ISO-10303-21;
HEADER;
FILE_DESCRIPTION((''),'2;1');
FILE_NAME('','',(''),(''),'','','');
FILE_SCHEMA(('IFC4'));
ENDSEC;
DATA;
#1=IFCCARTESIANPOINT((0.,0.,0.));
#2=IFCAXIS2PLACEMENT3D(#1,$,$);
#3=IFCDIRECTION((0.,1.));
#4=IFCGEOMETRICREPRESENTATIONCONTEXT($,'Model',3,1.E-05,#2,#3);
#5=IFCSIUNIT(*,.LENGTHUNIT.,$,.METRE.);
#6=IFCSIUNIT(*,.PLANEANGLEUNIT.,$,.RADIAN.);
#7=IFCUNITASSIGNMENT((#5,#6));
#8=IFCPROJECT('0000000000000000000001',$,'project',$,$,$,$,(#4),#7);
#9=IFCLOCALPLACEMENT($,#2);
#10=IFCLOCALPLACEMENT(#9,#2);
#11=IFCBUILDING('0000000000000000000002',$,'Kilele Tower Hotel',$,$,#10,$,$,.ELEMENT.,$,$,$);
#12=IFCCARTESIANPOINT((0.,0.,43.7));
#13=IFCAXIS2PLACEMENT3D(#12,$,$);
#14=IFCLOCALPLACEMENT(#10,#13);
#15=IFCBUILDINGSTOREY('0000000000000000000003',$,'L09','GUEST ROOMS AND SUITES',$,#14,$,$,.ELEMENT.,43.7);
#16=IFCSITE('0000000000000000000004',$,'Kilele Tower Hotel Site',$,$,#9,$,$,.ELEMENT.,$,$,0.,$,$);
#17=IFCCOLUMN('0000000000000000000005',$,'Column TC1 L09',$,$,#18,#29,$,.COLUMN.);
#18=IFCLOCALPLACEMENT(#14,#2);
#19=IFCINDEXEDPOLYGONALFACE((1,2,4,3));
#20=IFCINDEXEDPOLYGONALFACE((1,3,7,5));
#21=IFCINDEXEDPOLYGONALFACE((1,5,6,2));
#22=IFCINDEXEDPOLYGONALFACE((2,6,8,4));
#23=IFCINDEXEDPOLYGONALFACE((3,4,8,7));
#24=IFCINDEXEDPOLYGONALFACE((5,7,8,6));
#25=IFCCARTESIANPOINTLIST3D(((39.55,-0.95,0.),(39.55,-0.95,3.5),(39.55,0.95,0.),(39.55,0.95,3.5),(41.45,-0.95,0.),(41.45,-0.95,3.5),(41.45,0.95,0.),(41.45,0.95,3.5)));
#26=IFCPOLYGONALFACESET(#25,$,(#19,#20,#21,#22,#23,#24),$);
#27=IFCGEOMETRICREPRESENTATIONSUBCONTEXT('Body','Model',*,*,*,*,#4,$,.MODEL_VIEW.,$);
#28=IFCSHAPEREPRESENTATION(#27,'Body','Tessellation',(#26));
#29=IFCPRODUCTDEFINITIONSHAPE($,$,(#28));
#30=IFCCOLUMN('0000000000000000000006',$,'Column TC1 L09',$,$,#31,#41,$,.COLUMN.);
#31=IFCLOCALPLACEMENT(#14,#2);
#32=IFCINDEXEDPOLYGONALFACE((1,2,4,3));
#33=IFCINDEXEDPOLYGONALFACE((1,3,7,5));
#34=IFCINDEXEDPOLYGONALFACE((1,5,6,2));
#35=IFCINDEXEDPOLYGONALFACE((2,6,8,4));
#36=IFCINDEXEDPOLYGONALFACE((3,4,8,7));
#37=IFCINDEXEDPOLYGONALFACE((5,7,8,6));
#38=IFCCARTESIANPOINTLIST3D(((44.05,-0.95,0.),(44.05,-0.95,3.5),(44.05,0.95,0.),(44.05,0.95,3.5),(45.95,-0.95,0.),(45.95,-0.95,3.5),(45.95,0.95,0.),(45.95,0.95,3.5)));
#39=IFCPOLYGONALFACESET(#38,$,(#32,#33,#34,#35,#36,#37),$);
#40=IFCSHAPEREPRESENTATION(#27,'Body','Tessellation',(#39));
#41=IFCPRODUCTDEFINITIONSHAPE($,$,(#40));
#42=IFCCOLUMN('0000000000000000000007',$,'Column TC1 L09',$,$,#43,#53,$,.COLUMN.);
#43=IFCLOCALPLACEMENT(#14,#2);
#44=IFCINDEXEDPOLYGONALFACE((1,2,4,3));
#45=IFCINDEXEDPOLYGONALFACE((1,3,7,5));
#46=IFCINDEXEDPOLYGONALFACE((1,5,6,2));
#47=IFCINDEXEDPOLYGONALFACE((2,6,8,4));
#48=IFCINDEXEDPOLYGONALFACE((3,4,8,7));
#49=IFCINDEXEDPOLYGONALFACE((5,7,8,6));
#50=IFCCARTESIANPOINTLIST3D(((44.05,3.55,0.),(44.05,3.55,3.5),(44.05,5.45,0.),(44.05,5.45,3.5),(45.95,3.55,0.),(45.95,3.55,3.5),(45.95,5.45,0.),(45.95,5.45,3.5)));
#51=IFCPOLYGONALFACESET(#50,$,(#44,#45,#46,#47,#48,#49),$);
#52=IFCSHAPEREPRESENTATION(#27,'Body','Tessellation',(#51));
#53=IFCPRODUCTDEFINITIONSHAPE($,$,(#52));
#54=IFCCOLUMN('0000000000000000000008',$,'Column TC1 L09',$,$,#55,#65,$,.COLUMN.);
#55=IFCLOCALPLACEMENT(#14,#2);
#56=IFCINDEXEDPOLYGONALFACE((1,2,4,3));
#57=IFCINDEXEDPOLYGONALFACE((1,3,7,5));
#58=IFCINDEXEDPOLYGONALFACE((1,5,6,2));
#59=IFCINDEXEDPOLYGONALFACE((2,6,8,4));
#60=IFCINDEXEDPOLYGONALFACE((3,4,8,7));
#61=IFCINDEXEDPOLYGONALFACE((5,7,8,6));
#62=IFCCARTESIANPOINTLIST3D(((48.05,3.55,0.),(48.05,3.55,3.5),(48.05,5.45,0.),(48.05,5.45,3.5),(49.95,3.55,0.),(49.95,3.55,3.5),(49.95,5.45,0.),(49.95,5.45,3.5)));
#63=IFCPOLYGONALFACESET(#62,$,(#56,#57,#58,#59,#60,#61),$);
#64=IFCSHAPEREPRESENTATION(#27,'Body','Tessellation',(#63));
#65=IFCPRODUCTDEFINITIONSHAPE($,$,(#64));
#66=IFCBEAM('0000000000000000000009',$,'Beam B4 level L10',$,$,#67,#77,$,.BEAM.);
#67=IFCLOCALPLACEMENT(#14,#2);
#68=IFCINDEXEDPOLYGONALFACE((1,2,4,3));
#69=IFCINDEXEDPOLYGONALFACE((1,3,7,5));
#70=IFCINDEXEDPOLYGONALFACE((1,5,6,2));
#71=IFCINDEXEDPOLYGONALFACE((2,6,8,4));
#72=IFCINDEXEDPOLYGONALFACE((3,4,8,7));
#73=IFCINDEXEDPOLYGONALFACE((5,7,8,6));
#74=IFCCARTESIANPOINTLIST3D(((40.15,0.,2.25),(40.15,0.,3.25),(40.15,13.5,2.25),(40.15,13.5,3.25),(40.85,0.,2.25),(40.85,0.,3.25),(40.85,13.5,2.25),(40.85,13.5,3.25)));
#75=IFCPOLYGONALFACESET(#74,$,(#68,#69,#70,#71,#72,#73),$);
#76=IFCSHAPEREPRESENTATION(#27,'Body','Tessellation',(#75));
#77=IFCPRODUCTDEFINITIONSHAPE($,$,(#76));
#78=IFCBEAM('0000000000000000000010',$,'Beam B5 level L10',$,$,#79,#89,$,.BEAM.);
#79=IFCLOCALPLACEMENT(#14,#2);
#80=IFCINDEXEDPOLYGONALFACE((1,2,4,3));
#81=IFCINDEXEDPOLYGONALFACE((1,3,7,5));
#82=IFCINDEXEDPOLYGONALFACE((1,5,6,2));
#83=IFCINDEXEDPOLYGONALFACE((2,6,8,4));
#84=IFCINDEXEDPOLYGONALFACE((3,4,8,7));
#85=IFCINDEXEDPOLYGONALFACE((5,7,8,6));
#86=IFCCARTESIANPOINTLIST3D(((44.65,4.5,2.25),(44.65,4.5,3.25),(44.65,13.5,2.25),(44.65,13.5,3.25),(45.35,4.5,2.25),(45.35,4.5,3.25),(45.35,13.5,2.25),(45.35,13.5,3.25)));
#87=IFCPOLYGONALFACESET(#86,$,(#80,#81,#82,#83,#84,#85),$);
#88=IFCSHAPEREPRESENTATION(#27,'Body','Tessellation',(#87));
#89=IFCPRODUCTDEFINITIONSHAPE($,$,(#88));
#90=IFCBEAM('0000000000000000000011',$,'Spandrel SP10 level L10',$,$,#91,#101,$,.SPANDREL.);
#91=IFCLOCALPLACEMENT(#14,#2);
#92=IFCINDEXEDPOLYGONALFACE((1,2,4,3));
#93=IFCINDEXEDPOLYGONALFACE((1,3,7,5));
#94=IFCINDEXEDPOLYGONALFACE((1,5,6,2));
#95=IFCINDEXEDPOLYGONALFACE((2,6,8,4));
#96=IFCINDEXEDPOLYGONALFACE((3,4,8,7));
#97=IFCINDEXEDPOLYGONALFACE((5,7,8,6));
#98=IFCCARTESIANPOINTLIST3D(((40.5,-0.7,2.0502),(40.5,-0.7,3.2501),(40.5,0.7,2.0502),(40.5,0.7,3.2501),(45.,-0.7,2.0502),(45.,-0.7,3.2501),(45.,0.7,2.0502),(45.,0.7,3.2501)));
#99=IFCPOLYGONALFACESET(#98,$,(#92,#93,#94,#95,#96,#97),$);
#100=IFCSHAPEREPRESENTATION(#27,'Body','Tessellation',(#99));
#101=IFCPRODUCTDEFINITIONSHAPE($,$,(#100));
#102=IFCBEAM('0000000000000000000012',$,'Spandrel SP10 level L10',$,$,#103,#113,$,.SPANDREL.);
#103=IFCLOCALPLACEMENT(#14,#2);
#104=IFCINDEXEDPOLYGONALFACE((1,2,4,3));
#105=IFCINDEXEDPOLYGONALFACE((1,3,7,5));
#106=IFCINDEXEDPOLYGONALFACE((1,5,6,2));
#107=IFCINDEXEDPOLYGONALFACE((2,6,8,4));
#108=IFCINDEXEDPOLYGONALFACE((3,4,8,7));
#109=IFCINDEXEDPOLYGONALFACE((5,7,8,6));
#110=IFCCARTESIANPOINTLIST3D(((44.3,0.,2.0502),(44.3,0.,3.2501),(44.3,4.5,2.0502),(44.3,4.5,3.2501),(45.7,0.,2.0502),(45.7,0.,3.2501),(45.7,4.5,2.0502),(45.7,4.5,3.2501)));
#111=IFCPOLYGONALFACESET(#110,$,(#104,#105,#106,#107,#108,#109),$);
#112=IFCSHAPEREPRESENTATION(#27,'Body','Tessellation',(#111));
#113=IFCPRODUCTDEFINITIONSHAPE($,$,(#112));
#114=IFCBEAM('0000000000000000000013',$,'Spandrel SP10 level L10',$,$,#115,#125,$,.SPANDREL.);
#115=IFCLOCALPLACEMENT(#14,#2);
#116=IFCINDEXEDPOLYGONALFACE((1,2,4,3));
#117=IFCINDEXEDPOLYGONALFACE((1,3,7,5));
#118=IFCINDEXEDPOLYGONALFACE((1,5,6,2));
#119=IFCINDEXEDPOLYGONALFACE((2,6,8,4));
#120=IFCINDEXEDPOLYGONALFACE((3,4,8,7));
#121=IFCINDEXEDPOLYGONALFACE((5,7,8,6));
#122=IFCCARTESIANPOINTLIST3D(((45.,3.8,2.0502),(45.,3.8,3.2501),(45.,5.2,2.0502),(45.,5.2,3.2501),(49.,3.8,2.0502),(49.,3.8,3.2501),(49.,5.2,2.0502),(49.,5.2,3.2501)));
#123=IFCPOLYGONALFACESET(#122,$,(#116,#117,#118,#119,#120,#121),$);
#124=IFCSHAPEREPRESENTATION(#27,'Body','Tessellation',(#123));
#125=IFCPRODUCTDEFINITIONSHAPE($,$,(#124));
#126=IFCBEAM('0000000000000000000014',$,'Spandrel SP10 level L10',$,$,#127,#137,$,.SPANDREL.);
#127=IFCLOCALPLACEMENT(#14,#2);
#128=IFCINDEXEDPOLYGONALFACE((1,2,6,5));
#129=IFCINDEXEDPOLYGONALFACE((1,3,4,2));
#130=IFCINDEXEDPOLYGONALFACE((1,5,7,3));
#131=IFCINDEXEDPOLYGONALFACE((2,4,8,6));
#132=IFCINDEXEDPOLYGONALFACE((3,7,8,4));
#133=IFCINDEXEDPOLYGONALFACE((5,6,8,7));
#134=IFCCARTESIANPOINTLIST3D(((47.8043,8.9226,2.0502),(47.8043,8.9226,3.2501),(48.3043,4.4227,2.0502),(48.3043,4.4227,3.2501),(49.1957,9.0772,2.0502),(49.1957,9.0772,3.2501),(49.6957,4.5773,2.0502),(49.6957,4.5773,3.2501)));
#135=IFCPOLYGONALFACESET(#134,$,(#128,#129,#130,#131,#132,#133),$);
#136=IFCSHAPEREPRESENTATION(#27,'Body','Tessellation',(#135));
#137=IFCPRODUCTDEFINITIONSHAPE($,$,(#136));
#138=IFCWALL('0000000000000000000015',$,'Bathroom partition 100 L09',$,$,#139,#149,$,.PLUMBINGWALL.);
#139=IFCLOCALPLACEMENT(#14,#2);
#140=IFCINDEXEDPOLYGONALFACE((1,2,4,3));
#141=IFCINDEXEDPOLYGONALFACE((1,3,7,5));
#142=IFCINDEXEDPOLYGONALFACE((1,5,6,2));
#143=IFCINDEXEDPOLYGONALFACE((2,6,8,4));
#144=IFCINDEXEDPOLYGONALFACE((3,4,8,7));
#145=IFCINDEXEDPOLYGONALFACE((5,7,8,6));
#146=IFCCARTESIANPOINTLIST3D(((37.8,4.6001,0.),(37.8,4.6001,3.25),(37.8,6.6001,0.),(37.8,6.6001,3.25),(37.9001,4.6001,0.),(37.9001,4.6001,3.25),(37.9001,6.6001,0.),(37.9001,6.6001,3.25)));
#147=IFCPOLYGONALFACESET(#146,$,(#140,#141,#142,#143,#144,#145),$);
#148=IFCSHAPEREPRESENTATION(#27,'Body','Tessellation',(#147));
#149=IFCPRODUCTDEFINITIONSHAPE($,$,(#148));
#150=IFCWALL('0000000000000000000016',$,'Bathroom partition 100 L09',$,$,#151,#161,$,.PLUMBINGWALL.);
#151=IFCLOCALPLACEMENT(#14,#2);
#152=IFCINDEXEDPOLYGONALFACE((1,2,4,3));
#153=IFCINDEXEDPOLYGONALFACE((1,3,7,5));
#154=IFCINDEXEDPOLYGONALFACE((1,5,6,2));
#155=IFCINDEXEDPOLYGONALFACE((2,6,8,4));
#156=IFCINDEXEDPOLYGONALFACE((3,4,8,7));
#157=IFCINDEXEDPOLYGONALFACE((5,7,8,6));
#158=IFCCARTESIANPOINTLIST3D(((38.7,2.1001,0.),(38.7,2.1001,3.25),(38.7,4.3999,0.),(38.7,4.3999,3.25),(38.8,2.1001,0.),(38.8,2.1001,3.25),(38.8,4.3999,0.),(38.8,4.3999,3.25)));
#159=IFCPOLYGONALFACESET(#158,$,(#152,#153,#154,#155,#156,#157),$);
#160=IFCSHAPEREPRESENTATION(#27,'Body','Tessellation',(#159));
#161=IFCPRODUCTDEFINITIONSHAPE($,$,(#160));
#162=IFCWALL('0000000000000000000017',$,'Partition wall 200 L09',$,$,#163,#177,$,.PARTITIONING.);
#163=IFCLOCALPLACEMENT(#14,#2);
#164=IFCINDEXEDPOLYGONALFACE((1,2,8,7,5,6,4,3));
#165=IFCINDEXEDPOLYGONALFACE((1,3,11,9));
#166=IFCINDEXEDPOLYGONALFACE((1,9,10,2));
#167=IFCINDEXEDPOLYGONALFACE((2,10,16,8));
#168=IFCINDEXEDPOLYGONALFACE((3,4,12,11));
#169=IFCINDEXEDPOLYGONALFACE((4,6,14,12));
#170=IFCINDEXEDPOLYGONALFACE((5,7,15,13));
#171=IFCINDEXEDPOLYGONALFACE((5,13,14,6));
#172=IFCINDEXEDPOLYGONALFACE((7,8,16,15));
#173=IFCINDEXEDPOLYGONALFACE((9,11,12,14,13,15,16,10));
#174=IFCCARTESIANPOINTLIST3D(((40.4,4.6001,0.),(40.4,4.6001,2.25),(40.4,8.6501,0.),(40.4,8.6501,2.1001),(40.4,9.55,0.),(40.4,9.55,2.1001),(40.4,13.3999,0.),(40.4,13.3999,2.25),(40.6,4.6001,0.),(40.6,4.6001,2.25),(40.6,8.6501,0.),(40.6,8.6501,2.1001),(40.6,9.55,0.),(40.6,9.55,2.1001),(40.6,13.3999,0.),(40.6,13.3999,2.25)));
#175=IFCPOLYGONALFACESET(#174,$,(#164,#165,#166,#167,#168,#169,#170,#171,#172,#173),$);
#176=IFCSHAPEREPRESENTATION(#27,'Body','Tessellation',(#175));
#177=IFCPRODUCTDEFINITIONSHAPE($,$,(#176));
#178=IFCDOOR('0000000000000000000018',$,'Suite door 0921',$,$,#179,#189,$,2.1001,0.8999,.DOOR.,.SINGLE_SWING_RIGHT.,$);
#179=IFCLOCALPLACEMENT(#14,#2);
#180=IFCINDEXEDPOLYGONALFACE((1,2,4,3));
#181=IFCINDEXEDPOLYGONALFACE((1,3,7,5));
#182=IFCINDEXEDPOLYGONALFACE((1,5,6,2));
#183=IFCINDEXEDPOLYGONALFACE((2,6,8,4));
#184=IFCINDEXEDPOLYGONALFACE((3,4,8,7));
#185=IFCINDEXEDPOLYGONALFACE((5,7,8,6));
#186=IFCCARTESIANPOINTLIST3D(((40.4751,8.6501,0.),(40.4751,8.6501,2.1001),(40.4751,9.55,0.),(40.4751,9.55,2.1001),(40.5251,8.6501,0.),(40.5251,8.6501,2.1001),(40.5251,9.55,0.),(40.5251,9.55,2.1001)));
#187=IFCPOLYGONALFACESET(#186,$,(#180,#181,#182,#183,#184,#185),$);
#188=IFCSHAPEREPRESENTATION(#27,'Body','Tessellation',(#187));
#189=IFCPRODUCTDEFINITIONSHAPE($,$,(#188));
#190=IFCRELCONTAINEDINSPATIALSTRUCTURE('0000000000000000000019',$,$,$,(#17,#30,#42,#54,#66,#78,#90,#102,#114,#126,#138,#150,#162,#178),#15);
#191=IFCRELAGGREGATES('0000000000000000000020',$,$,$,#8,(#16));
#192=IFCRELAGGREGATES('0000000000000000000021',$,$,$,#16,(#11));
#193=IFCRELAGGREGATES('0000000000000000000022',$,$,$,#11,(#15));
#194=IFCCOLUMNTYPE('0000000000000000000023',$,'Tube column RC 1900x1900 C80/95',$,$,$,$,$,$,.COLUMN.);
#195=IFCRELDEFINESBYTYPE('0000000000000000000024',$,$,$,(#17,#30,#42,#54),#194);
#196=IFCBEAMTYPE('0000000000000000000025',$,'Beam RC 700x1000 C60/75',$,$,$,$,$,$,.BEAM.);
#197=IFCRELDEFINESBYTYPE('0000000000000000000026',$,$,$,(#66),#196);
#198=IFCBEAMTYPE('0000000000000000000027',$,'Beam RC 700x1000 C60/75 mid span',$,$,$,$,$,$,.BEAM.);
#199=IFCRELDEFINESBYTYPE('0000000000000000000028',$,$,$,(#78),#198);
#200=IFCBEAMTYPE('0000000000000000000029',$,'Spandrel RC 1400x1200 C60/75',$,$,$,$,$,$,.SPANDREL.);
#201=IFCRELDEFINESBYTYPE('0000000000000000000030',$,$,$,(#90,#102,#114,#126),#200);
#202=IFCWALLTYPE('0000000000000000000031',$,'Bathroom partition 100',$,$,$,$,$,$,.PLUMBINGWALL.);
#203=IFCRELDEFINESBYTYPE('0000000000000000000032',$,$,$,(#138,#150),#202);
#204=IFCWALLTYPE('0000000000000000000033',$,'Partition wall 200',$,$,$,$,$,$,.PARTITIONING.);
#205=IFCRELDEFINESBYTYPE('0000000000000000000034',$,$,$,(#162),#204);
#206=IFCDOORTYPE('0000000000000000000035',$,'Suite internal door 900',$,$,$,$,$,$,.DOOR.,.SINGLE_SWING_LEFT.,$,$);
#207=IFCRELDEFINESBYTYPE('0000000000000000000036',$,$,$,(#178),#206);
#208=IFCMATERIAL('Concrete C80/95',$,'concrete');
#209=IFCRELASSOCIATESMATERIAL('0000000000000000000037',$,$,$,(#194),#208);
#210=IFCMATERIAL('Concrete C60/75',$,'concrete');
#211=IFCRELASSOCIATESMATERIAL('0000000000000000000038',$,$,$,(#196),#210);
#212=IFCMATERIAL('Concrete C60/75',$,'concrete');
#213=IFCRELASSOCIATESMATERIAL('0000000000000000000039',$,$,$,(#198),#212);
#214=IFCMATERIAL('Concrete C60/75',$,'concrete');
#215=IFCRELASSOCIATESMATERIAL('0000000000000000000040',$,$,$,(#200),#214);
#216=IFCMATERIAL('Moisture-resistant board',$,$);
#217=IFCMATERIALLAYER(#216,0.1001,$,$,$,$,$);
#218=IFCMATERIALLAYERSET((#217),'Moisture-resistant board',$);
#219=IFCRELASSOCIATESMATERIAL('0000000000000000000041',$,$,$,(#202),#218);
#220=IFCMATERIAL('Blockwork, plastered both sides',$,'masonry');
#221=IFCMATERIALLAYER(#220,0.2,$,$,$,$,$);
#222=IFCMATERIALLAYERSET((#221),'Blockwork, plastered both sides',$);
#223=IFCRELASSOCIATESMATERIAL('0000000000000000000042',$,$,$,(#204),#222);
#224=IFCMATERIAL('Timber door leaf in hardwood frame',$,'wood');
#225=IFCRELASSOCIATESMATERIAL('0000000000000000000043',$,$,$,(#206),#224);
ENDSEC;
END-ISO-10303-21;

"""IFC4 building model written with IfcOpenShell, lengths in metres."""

from ifc_helpers import new_model, si_unit, direction, frame, frame_2d, origin, origin_2d, place, context, subcontext, project, spatial, rectangle, extrude, material, layer, layer_set, material_profile, profile_set, type_object, element, fill, save


model = new_model("IFC4")

# Units and contexts
model_context = context("Model", 3, precision=1e-05, world=origin(), true_north=direction((0.0, 1.0)))
body_context = subcontext(model_context, "Body", "Model", "MODEL_VIEW")
ifc_project = project(units=[si_unit("LENGTHUNIT", "METRE"), si_unit("PLANEANGLEUNIT", "RADIAN")], contexts=[model_context])

# Site, building, storey
site_placement = place(None, origin())
site = spatial("IfcSite", under=ifc_project, at=site_placement, Name="Kilele Tower Hotel Site", CompositionType="ELEMENT", RefElevation=0.0)
building_placement = place(site_placement, origin())
building = spatial("IfcBuilding", under=site, at=building_placement, Name="Kilele Tower Hotel", CompositionType="ELEMENT")
storey_placement = place(building_placement, frame((0.0, 0.0, 43.7)))
storey = spatial("IfcBuildingStorey", under=building, at=storey_placement, Name="L09", Description="GUEST ROOMS AND SUITES", CompositionType="ELEMENT", Elevation=43.7)

# Columns
ifc_material_1 = material(Name="Concrete C80/95", Category="concrete")
ifc_material_profile_1 = material_profile(ifc_material_1, rectangle(XDim=1.8999, YDim=1.8999, at=origin_2d()))
ifc_profile_set_1 = profile_set([ifc_material_profile_1], Name="Concrete C80/95")
column_type = type_object("IfcColumnType", Name="Tube column RC 1900x1900 C80/95", PredefinedType="COLUMN", material=ifc_profile_set_1)
for number, where, z_axis, x_axis, name in (
    (1, (40.5, 0.0, 0.0), (0.0, 0.0, 1.0), (1.0, 0.0, 0.0), "Column TC1 L09"),
    (2, (45.0, 0.0, 0.0), (0.0, 0.0, 1.0), (1.0, 0.0, 0.0), "Column TC1 L09"),
    (3, (45.0, 4.5, 0.0), (0.0, 0.0, 1.0), (1.0, 0.0, 0.0), "Column TC1 L09"),
    (4, (49.0, 4.5, 0.0), (0.0, 0.0, 1.0), (1.0, 0.0, 0.0), "Column TC1 L09"),
):
    element("IfcColumn", number, at=place(storey_placement, frame(where, z_axis=z_axis, x_axis=x_axis)), inside=storey, type_object=column_type, Name=name, PredefinedType="COLUMN", context=body_context, shape_type="SweptSolid", body=[
        extrude(rectangle(XDim=1.8999, YDim=1.8999, at=origin_2d()), origin(), (0.0, 0.0, 1.0), 3.5),
    ])

# Beams
ifc_material_2 = material(Name="Concrete C60/75", Category="concrete")
ifc_material_profile_2 = material_profile(ifc_material_2, rectangle(XDim=0.7, YDim=1.0, at=origin_2d()))
ifc_profile_set_2 = profile_set([ifc_material_profile_2], Name="Concrete C60/75")
beam_type_1 = type_object("IfcBeamType", Name="Beam RC 700x1000 C60/75", PredefinedType="BEAM", material=ifc_profile_set_2)
beam_1_placement = place(storey_placement, frame((40.5, 0.0, 2.75), z_axis=(0.0, 1.0, 0.0), x_axis=(-1.0, 0.0, 0.0)))
element("IfcBeam", 5, at=beam_1_placement, inside=storey, type_object=beam_type_1, Name="Beam B4 level L10", PredefinedType="BEAM", context=body_context, shape_type="SweptSolid", body=[
    extrude(rectangle(XDim=0.7, YDim=1.0, at=origin_2d()), origin(), (0.0, 0.0, 1.0), 13.5),
])
ifc_material_3 = material(Name="Concrete C60/75", Category="concrete")
ifc_material_profile_3 = material_profile(ifc_material_3, rectangle(XDim=0.7, YDim=1.0, at=origin_2d()))
ifc_profile_set_3 = profile_set([ifc_material_profile_3], Name="Concrete C60/75")
beam_type_2 = type_object("IfcBeamType", Name="Beam RC 700x1000 C60/75 mid span", PredefinedType="BEAM", material=ifc_profile_set_3)
beam_2_placement = place(storey_placement, frame((45.0, 4.5, 2.75), z_axis=(0.0, 1.0, 0.0), x_axis=(-1.0, 0.0, 0.0)))
element("IfcBeam", 6, at=beam_2_placement, inside=storey, type_object=beam_type_2, Name="Beam B5 level L10", PredefinedType="BEAM", context=body_context, shape_type="SweptSolid", body=[
    extrude(rectangle(XDim=0.7, YDim=1.0, at=origin_2d()), origin(), (0.0, 0.0, 1.0), 9.0),
])
ifc_material_4 = material(Name="Concrete C60/75", Category="concrete")
ifc_material_profile_4 = material_profile(ifc_material_4, rectangle(XDim=1.3999, YDim=1.2, at=origin_2d()))
ifc_profile_set_4 = profile_set([ifc_material_profile_4], Name="Concrete C60/75")
beam_type_3 = type_object("IfcBeamType", Name="Spandrel RC 1400x1200 C60/75", PredefinedType="SPANDREL", material=ifc_profile_set_4)
for number, where, z_axis, x_axis, name in (
    (7, (40.5, 0.0, 2.6501), (1.0, 0.0, 0.0), (0.0, 1.0, 0.0), "Spandrel SP10 level L10"),
    (8, (45.0, 0.0, 2.6501), (0.0, 1.0, 0.0), (-1.0, 0.0, 0.0), "Spandrel SP10 level L10"),
):
    element("IfcBeam", number, at=place(storey_placement, frame(where, z_axis=z_axis, x_axis=x_axis)), inside=storey, type_object=beam_type_3, Name=name, PredefinedType="SPANDREL", context=body_context, shape_type="SweptSolid", body=[
        extrude(rectangle(XDim=1.3999, YDim=1.2, at=origin_2d()), origin(), (0.0, 0.0, 1.0), 4.5),
    ])
beam_3_placement = place(storey_placement, frame((45.0, 4.5, 2.6501), z_axis=(1.0, 0.0, 0.0), x_axis=(0.0, 1.0, 0.0)))
element("IfcBeam", 9, at=beam_3_placement, inside=storey, type_object=beam_type_3, Name="Spandrel SP10 level L10", PredefinedType="SPANDREL", context=body_context, shape_type="SweptSolid", body=[
    extrude(rectangle(XDim=1.3999, YDim=1.2, at=origin_2d()), origin(), (0.0, 0.0, 1.0), 4.0),
])
beam_4_placement = place(storey_placement, frame((49.0, 4.5, 2.6501), z_axis=(-0.110432, 0.993884, 0.0), x_axis=(-0.993884, -0.110432, 0.0)))
element("IfcBeam", 10, at=beam_4_placement, inside=storey, type_object=beam_type_3, Name="Spandrel SP10 level L10", PredefinedType="SPANDREL", context=body_context, shape_type="SweptSolid", body=[
    extrude(rectangle(XDim=1.3999, YDim=1.2, at=origin_2d()), origin(), (0.0, 0.0, 1.0), 4.5276),
])

# Walls
ifc_material_5 = material(Name="Moisture-resistant board")
ifc_layer_1 = layer(ifc_material_5, 0.1001)
ifc_layer_set_1 = layer_set([ifc_layer_1], Name="Moisture-resistant board")
wall_type_1 = type_object("IfcWallType", Name="Bathroom partition 100", PredefinedType="PLUMBINGWALL", material=ifc_layer_set_1)
wall_1_placement = place(storey_placement, frame((37.8501, 4.6001, 0.0), z_axis=(0.0, 0.0, 1.0), x_axis=(0.0, 1.0, 0.0)))
element("IfcWall", 11, at=wall_1_placement, inside=storey, type_object=wall_type_1, Name="Bathroom partition 100 L09", PredefinedType="PLUMBINGWALL", context=body_context, shape_type="SweptSolid", body=[
    extrude(rectangle(XDim=2.0, YDim=0.1001, at=frame_2d((1.0, 0.0))), origin(), (0.0, 0.0, 1.0), 3.25),
])
wall_2_placement = place(storey_placement, frame((38.75, 4.3999, 0.0), z_axis=(0.0, 0.0, 1.0), x_axis=(0.0, -1.0, 0.0)))
element("IfcWall", 12, at=wall_2_placement, inside=storey, type_object=wall_type_1, Name="Bathroom partition 100 L09", PredefinedType="PLUMBINGWALL", context=body_context, shape_type="SweptSolid", body=[
    extrude(rectangle(XDim=2.2998, YDim=0.1001, at=frame_2d((1.1499, 0.0))), origin(), (0.0, 0.0, 1.0), 3.25),
])

# Wall, opening, door
ifc_material_6 = material(Name="Blockwork, plastered both sides", Category="masonry")
ifc_layer_2 = layer(ifc_material_6, 0.2)
ifc_layer_set_2 = layer_set([ifc_layer_2], Name="Blockwork, plastered both sides")
wall_type_2 = type_object("IfcWallType", Name="Partition wall 200", PredefinedType="PARTITIONING", material=ifc_layer_set_2)
wall_3_placement = place(storey_placement, frame((40.5, 4.6001, 0.0), z_axis=(0.0, 0.0, 1.0), x_axis=(0.0, 1.0, 0.0)))
wall_3 = element("IfcWall", 13, at=wall_3_placement, inside=storey, type_object=wall_type_2, Name="Partition wall 200 L09", PredefinedType="PARTITIONING", context=body_context, shape_type="SweptSolid", body=[
    extrude(rectangle(XDim=8.7998, YDim=0.2, at=frame_2d((4.3999, 0.0))), origin(), (0.0, 0.0, 1.0), 2.25),
])
opening_1_placement = place(wall_3_placement, frame((4.05, 0.0, 0.0)))
opening_1 = element("IfcOpeningElement", 14, at=opening_1_placement, cuts=wall_3, PredefinedType="OPENING", context=body_context, shape_type="SweptSolid", body=[
    extrude(rectangle(XDim=0.8999, YDim=2.1001, at=frame_2d((0.45, 1.05))), frame((0.0, 0.1099, 0.0), z_axis=(0.0, -1.0, 0.0), x_axis=(1.0, 0.0, 0.0)), (0.0, 0.0, 1.0), 0.22),
])
ifc_material_7 = material(Name="Timber door leaf in hardwood frame", Category="wood")
door_type = type_object("IfcDoorType", Name="Suite internal door 900", OperationType="SINGLE_SWING_LEFT", PredefinedType="DOOR", material=ifc_material_7)
door_placement = place(opening_1_placement, origin())
door = element("IfcDoor", 15, at=door_placement, inside=storey, type_object=door_type, Name="Suite door 0921", OperationType="SINGLE_SWING_RIGHT", OverallHeight=2.1001, OverallWidth=0.8999, PredefinedType="DOOR", context=body_context, shape_type="SweptSolid", body=[
    extrude(rectangle(XDim=0.8999, YDim=2.1001, at=frame_2d((0.45, 1.05))), frame((0.0, 0.0249, 0.0), z_axis=(0.0, -1.0, 0.0), x_axis=(1.0, 0.0, 0.0)), (0.0, 0.0, 1.0), 0.05),
])
fill(opening_1, door)

save(model, "model.ifc")
